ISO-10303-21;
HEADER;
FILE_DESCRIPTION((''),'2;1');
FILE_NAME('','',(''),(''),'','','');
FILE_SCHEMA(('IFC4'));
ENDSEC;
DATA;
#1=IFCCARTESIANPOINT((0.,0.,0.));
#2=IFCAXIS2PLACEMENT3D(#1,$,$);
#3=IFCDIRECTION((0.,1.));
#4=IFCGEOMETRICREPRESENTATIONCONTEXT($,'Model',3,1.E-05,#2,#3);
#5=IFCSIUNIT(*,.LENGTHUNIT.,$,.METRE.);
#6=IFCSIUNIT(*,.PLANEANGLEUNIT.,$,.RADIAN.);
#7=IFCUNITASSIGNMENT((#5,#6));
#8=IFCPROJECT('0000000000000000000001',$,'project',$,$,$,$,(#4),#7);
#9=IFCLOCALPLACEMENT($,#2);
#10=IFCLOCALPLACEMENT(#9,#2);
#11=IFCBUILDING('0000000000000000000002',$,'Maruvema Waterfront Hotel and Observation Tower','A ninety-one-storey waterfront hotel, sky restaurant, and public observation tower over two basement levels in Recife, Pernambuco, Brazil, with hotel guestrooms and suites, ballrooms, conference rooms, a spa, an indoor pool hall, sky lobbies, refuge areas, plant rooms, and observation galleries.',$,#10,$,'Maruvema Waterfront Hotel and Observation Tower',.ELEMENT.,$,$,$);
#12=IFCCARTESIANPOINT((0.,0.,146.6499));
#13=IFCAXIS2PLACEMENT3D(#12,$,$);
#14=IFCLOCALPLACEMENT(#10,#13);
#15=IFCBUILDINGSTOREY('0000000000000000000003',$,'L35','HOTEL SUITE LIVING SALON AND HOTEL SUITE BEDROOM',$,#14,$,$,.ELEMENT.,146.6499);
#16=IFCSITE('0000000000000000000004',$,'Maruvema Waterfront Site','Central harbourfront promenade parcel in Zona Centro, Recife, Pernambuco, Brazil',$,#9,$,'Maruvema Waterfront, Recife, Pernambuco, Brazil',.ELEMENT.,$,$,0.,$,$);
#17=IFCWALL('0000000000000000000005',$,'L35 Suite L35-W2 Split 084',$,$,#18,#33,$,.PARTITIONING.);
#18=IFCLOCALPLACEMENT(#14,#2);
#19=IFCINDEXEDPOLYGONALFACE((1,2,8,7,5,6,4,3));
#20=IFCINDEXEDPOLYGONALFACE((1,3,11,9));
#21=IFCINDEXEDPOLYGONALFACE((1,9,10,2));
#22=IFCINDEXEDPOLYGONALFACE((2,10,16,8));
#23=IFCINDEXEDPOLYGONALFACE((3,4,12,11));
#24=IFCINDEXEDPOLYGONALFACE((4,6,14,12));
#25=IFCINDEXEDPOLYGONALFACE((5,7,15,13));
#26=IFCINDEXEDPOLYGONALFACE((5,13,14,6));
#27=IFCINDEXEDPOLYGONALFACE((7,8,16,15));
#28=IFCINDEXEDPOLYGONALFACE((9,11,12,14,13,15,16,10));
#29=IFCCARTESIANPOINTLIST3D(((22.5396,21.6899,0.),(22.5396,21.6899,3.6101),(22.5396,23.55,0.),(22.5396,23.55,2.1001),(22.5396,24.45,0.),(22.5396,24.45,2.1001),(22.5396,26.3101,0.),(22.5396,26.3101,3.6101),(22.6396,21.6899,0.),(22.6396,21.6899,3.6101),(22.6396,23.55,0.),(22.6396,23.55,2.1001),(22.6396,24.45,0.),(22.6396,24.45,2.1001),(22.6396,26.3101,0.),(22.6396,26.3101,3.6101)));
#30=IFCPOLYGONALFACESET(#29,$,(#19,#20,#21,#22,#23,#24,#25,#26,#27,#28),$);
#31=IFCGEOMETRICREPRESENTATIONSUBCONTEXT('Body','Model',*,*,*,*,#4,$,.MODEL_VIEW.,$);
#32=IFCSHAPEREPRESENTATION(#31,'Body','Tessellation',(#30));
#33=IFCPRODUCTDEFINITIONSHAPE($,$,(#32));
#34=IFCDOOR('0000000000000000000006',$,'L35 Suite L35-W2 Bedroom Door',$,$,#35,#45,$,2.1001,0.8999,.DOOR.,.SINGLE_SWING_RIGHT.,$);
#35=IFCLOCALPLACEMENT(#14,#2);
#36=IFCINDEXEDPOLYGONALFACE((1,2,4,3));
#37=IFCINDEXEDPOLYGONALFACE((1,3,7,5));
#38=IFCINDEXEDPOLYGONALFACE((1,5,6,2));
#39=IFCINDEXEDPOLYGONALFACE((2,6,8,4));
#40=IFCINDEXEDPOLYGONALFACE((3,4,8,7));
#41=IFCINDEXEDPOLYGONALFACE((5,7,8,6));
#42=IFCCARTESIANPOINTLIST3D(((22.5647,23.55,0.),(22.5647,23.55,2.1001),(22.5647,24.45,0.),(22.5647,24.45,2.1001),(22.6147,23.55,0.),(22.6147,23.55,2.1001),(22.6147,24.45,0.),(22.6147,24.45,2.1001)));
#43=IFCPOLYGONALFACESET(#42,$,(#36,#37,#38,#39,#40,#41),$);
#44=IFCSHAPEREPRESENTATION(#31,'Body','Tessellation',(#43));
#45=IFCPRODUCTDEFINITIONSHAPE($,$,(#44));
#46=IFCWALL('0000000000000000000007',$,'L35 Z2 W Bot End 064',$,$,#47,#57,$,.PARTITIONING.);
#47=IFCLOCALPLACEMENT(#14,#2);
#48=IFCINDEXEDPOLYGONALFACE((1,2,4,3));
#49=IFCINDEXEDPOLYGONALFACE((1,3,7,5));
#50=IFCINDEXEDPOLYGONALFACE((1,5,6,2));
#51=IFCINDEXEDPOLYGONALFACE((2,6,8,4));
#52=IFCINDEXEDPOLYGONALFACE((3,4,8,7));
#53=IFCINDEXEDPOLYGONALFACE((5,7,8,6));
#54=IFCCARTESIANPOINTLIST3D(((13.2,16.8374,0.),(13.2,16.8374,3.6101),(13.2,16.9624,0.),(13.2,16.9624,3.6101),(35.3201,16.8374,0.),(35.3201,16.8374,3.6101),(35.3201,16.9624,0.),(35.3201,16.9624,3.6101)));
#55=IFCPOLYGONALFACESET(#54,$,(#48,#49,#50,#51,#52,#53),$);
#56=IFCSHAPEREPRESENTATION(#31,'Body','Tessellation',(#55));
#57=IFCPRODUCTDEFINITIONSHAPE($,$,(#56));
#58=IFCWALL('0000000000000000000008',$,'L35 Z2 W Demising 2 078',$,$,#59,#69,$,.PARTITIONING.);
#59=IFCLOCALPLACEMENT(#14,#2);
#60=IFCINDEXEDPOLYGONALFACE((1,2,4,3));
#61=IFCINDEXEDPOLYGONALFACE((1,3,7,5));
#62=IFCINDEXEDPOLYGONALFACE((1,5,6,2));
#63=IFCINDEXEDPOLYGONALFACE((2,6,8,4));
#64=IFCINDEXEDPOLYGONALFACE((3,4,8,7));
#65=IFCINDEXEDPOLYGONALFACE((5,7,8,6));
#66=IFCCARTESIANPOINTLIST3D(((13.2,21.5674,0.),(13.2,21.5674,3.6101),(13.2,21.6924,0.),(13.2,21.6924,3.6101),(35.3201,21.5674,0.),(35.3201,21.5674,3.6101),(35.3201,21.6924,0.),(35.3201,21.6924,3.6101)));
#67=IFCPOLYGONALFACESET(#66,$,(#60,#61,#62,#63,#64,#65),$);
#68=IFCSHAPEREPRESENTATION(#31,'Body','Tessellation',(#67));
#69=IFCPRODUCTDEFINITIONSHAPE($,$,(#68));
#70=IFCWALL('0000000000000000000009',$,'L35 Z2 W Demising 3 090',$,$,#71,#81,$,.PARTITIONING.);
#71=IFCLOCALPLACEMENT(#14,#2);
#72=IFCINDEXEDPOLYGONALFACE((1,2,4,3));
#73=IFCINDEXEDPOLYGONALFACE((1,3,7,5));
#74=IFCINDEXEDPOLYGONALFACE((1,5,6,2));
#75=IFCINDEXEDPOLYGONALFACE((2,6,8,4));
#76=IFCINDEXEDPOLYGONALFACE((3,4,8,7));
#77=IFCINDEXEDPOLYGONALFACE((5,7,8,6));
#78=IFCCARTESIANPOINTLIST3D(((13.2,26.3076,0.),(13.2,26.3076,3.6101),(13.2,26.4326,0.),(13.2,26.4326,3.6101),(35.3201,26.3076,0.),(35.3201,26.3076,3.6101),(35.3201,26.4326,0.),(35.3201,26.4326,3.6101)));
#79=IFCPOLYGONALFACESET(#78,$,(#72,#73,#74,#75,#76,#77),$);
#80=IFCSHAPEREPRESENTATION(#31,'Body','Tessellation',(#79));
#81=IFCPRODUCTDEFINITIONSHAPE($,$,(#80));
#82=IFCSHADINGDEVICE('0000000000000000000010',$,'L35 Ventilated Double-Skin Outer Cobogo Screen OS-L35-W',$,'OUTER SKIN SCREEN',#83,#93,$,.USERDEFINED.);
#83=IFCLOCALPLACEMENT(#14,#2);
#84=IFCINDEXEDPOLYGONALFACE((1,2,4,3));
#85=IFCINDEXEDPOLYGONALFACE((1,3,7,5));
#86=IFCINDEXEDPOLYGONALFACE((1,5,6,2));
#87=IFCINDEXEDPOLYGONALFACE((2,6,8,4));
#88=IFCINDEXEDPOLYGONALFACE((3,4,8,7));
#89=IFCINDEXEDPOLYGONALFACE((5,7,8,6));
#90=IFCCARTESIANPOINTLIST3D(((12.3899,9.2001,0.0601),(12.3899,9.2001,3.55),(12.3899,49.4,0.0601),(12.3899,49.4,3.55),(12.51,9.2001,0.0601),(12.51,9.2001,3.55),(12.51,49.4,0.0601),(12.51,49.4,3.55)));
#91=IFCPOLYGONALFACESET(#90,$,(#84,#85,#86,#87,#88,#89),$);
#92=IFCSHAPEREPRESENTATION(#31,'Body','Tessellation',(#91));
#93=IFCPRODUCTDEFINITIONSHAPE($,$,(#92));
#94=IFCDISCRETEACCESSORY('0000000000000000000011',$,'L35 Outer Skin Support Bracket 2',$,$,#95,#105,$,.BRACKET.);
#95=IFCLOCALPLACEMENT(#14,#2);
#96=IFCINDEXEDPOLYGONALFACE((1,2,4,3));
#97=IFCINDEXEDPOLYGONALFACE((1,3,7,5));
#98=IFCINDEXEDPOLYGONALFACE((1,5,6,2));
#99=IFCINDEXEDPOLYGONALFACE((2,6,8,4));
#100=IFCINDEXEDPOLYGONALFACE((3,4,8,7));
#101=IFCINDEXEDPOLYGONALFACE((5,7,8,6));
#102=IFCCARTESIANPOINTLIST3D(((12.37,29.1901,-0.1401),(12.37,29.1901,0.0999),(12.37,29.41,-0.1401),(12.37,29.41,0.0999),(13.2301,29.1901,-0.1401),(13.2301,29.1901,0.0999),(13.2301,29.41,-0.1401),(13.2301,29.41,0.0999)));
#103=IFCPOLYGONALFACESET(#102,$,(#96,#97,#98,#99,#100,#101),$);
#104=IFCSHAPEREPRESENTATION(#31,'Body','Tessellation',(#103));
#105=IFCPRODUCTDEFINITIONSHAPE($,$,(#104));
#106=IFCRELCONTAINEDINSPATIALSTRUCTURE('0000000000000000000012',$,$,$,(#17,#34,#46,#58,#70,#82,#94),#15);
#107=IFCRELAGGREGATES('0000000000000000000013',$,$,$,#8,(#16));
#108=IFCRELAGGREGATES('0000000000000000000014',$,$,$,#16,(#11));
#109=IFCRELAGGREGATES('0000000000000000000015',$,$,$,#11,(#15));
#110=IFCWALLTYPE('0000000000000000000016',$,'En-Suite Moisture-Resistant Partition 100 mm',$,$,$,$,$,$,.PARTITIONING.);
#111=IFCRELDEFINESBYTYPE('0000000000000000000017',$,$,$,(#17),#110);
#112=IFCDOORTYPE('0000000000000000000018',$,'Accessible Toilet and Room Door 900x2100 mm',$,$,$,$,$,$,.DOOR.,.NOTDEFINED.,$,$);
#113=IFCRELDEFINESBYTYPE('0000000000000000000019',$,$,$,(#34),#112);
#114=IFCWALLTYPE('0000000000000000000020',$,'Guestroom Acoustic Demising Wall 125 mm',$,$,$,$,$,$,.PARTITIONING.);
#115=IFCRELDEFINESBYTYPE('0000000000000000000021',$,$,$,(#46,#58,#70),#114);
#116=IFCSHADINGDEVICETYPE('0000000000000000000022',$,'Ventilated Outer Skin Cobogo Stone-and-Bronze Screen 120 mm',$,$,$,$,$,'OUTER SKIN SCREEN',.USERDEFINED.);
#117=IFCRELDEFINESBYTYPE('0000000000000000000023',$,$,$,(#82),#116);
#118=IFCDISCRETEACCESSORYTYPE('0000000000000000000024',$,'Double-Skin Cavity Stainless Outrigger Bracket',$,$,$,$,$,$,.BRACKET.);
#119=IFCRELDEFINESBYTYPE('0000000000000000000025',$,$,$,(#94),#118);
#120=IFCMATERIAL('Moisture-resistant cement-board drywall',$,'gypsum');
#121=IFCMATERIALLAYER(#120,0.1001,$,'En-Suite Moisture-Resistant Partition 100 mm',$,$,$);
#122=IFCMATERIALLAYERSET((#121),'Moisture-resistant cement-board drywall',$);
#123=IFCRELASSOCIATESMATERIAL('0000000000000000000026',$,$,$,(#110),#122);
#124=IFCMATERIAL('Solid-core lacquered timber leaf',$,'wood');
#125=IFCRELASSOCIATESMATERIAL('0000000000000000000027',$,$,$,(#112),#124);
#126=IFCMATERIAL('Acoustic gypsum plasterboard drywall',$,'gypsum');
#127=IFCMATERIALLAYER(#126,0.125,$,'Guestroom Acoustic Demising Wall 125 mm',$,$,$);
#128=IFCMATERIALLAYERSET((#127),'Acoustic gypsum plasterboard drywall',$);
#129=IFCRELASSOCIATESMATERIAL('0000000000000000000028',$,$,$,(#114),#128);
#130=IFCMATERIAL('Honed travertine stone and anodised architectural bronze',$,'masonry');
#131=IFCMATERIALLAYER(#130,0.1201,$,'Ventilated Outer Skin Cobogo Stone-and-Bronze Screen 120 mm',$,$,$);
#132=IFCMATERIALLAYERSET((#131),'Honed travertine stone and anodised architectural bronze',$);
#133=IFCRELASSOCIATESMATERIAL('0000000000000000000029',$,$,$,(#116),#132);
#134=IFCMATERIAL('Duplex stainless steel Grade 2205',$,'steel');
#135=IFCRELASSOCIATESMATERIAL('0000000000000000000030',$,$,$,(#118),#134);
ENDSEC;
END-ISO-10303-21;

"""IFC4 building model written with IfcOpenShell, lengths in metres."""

from ifc_helpers import new_model, si_unit, direction, frame, frame_2d, origin, origin_2d, place, context, subcontext, project, spatial, rectangle, extrude, material, layer, layer_set, type_object, element, fill, save


model = new_model("IFC4")

# Units and contexts
model_context = context("Model", 3, precision=1e-05, world=origin(), true_north=direction((0.0, 1.0)))
body_context = subcontext(model_context, "Body", "Model", "MODEL_VIEW")
ifc_project = project(units=[si_unit("LENGTHUNIT", "METRE"), si_unit("PLANEANGLEUNIT", "RADIAN")], contexts=[model_context])

# Site, building, storey
site_placement = place(None, origin())
site = spatial("IfcSite", under=ifc_project, at=site_placement, Name="Maruvema Waterfront Site", Description="Central harbourfront promenade parcel in Zona Centro, Recife, Pernambuco, Brazil", LongName="Maruvema Waterfront, Recife, Pernambuco, Brazil", CompositionType="ELEMENT", RefElevation=0.0)
building_placement = place(site_placement, origin())
building = spatial("IfcBuilding", under=site, at=building_placement, Name="Maruvema Waterfront Hotel and Observation Tower", Description="A ninety-one-storey waterfront hotel, sky restaurant, and public observation tower over two basement levels in Recife, Pernambuco, Brazil, with hotel guestrooms and suites, ballrooms, conference rooms, a spa, an indoor pool hall, sky lobbies, refuge areas, plant rooms, and observation galleries.", LongName="Maruvema Waterfront Hotel and Observation Tower", CompositionType="ELEMENT")
storey_placement = place(building_placement, frame((0.0, 0.0, 146.6499)))
storey = spatial("IfcBuildingStorey", under=building, at=storey_placement, Name="L35", Description="HOTEL SUITE LIVING SALON AND HOTEL SUITE BEDROOM", CompositionType="ELEMENT", Elevation=146.6499)

# Wall, opening, door
ifc_material_1 = material(Name="Moisture-resistant cement-board drywall", Category="gypsum")
ifc_layer_1 = layer(ifc_material_1, 0.1001, Name="En-Suite Moisture-Resistant Partition 100 mm")
ifc_layer_set_1 = layer_set([ifc_layer_1], Name="Moisture-resistant cement-board drywall")
wall_type_1 = type_object("IfcWallType", Name="En-Suite Moisture-Resistant Partition 100 mm", PredefinedType="PARTITIONING", material=ifc_layer_set_1)
ifc_material_2 = material(Name="Solid-core lacquered timber leaf", Category="wood")
door_type = type_object("IfcDoorType", Name="Accessible Toilet and Room Door 900x2100 mm", OperationType="NOTDEFINED", PredefinedType="DOOR", material=ifc_material_2)
wall_1_placement = place(storey_placement, frame((22.5896, 21.6899, 0.0), z_axis=(0.0, 0.0, 1.0), x_axis=(0.0, 1.0, 0.0)))
wall_1 = element("IfcWall", 1, at=wall_1_placement, inside=storey, type_object=wall_type_1, Name="L35 Suite L35-W2 Split 084", PredefinedType="PARTITIONING", context=body_context, shape_type="SweptSolid", body=[
    extrude(rectangle(XDim=4.6201, YDim=0.1001, at=frame_2d((2.3101, 0.0))), origin(), (0.0, 0.0, 1.0), 3.6101),
])
opening_1_placement = place(wall_1_placement, frame((1.8601, 0.0, 0.0)))
opening_1 = element("IfcOpeningElement", 2, at=opening_1_placement, cuts=wall_1, PredefinedType="OPENING", context=body_context, shape_type="SweptSolid", body=[
    extrude(rectangle(XDim=0.8999, YDim=2.1001, at=frame_2d((0.45, 1.05))), frame((0.0, 0.0601, 0.0), z_axis=(0.0, -1.0, 0.0), x_axis=(1.0, 0.0, 0.0)), (0.0, 0.0, 1.0), 0.1201),
])
door_1_placement = place(opening_1_placement, origin())
door_1 = element("IfcDoor", 3, at=door_1_placement, inside=storey, type_object=door_type, Name="L35 Suite L35-W2 Bedroom Door", OperationType="SINGLE_SWING_RIGHT", OverallHeight=2.1001, OverallWidth=0.8999, PredefinedType="DOOR", context=body_context, shape_type="SweptSolid", body=[
    extrude(rectangle(XDim=0.8999, YDim=2.1001, at=frame_2d((0.45, 1.05))), frame((0.0, 0.0249, 0.0), z_axis=(0.0, -1.0, 0.0), x_axis=(1.0, 0.0, 0.0)), (0.0, 0.0, 1.0), 0.05),
])
fill(opening_1, door_1)

# Walls
ifc_material_3 = material(Name="Acoustic gypsum plasterboard drywall", Category="gypsum")
ifc_layer_2 = layer(ifc_material_3, 0.125, Name="Guestroom Acoustic Demising Wall 125 mm")
ifc_layer_set_2 = layer_set([ifc_layer_2], Name="Acoustic gypsum plasterboard drywall")
wall_type_2 = type_object("IfcWallType", Name="Guestroom Acoustic Demising Wall 125 mm", PredefinedType="PARTITIONING", material=ifc_layer_set_2)
for number, where, z_axis, x_axis, name in (
    (4, (13.2, 16.8999, 0.0), (0.0, 0.0, 1.0), (1.0, 0.0, 0.0), "L35 Z2 W Bot End 064"),
    (5, (13.2, 21.6299, 0.0), (0.0, 0.0, 1.0), (1.0, 0.0, 0.0), "L35 Z2 W Demising 2 078"),
    (6, (13.2, 26.3701, 0.0), (0.0, 0.0, 1.0), (1.0, 0.0, 0.0), "L35 Z2 W Demising 3 090"),
):
    element("IfcWall", number, at=place(storey_placement, frame(where, z_axis=z_axis, x_axis=x_axis)), inside=storey, type_object=wall_type_2, Name=name, PredefinedType="PARTITIONING", context=body_context, shape_type="SweptSolid", body=[
        extrude(rectangle(XDim=22.1201, YDim=0.125, at=frame_2d((11.0601, 0.0))), origin(), (0.0, 0.0, 1.0), 3.6101),
    ])

# Shading device
ifc_material_4 = material(Name="Honed travertine stone and anodised architectural bronze", Category="masonry")
ifc_layer_3 = layer(ifc_material_4, 0.1201, Name="Ventilated Outer Skin Cobogo Stone-and-Bronze Screen 120 mm")
ifc_layer_set_3 = layer_set([ifc_layer_3], Name="Honed travertine stone and anodised architectural bronze")
shading_device_type = type_object("IfcShadingDeviceType", Name="Ventilated Outer Skin Cobogo Stone-and-Bronze Screen 120 mm", ElementType="OUTER SKIN SCREEN", PredefinedType="USERDEFINED", material=ifc_layer_set_3)
shading_device_placement = place(storey_placement, frame((12.45, 29.3, 0.0601), z_axis=(0.0, 0.0, 1.0), x_axis=(0.0, -1.0, 0.0)))
element("IfcShadingDevice", 7, at=shading_device_placement, inside=storey, type_object=shading_device_type, Name="L35 Ventilated Double-Skin Outer Cobogo Screen OS-L35-W", ObjectType="OUTER SKIN SCREEN", PredefinedType="USERDEFINED", context=body_context, shape_type="SweptSolid", body=[
    extrude(rectangle(XDim=40.2, YDim=0.1201, at=origin_2d()), origin(), (0.0, 0.0, 1.0), 3.49),
])

# Discrete accessory
ifc_material_5 = material(Name="Duplex stainless steel Grade 2205", Category="steel")
discrete_accessory_type = type_object("IfcDiscreteAccessoryType", Name="Double-Skin Cavity Stainless Outrigger Bracket", PredefinedType="BRACKET", material=ifc_material_5)
discrete_accessory_placement = place(storey_placement, frame((12.8, 29.3, -0.1401), z_axis=(0.0, 0.0, 1.0), x_axis=(0.0, -1.0, 0.0)))
element("IfcDiscreteAccessory", 8, at=discrete_accessory_placement, inside=storey, type_object=discrete_accessory_type, Name="L35 Outer Skin Support Bracket 2", PredefinedType="BRACKET", context=body_context, shape_type="SweptSolid", body=[
    extrude(rectangle(XDim=0.22, YDim=0.8601, at=origin_2d()), origin(), (0.0, 0.0, 1.0), 0.24),
])

save(model, "model.ifc")
